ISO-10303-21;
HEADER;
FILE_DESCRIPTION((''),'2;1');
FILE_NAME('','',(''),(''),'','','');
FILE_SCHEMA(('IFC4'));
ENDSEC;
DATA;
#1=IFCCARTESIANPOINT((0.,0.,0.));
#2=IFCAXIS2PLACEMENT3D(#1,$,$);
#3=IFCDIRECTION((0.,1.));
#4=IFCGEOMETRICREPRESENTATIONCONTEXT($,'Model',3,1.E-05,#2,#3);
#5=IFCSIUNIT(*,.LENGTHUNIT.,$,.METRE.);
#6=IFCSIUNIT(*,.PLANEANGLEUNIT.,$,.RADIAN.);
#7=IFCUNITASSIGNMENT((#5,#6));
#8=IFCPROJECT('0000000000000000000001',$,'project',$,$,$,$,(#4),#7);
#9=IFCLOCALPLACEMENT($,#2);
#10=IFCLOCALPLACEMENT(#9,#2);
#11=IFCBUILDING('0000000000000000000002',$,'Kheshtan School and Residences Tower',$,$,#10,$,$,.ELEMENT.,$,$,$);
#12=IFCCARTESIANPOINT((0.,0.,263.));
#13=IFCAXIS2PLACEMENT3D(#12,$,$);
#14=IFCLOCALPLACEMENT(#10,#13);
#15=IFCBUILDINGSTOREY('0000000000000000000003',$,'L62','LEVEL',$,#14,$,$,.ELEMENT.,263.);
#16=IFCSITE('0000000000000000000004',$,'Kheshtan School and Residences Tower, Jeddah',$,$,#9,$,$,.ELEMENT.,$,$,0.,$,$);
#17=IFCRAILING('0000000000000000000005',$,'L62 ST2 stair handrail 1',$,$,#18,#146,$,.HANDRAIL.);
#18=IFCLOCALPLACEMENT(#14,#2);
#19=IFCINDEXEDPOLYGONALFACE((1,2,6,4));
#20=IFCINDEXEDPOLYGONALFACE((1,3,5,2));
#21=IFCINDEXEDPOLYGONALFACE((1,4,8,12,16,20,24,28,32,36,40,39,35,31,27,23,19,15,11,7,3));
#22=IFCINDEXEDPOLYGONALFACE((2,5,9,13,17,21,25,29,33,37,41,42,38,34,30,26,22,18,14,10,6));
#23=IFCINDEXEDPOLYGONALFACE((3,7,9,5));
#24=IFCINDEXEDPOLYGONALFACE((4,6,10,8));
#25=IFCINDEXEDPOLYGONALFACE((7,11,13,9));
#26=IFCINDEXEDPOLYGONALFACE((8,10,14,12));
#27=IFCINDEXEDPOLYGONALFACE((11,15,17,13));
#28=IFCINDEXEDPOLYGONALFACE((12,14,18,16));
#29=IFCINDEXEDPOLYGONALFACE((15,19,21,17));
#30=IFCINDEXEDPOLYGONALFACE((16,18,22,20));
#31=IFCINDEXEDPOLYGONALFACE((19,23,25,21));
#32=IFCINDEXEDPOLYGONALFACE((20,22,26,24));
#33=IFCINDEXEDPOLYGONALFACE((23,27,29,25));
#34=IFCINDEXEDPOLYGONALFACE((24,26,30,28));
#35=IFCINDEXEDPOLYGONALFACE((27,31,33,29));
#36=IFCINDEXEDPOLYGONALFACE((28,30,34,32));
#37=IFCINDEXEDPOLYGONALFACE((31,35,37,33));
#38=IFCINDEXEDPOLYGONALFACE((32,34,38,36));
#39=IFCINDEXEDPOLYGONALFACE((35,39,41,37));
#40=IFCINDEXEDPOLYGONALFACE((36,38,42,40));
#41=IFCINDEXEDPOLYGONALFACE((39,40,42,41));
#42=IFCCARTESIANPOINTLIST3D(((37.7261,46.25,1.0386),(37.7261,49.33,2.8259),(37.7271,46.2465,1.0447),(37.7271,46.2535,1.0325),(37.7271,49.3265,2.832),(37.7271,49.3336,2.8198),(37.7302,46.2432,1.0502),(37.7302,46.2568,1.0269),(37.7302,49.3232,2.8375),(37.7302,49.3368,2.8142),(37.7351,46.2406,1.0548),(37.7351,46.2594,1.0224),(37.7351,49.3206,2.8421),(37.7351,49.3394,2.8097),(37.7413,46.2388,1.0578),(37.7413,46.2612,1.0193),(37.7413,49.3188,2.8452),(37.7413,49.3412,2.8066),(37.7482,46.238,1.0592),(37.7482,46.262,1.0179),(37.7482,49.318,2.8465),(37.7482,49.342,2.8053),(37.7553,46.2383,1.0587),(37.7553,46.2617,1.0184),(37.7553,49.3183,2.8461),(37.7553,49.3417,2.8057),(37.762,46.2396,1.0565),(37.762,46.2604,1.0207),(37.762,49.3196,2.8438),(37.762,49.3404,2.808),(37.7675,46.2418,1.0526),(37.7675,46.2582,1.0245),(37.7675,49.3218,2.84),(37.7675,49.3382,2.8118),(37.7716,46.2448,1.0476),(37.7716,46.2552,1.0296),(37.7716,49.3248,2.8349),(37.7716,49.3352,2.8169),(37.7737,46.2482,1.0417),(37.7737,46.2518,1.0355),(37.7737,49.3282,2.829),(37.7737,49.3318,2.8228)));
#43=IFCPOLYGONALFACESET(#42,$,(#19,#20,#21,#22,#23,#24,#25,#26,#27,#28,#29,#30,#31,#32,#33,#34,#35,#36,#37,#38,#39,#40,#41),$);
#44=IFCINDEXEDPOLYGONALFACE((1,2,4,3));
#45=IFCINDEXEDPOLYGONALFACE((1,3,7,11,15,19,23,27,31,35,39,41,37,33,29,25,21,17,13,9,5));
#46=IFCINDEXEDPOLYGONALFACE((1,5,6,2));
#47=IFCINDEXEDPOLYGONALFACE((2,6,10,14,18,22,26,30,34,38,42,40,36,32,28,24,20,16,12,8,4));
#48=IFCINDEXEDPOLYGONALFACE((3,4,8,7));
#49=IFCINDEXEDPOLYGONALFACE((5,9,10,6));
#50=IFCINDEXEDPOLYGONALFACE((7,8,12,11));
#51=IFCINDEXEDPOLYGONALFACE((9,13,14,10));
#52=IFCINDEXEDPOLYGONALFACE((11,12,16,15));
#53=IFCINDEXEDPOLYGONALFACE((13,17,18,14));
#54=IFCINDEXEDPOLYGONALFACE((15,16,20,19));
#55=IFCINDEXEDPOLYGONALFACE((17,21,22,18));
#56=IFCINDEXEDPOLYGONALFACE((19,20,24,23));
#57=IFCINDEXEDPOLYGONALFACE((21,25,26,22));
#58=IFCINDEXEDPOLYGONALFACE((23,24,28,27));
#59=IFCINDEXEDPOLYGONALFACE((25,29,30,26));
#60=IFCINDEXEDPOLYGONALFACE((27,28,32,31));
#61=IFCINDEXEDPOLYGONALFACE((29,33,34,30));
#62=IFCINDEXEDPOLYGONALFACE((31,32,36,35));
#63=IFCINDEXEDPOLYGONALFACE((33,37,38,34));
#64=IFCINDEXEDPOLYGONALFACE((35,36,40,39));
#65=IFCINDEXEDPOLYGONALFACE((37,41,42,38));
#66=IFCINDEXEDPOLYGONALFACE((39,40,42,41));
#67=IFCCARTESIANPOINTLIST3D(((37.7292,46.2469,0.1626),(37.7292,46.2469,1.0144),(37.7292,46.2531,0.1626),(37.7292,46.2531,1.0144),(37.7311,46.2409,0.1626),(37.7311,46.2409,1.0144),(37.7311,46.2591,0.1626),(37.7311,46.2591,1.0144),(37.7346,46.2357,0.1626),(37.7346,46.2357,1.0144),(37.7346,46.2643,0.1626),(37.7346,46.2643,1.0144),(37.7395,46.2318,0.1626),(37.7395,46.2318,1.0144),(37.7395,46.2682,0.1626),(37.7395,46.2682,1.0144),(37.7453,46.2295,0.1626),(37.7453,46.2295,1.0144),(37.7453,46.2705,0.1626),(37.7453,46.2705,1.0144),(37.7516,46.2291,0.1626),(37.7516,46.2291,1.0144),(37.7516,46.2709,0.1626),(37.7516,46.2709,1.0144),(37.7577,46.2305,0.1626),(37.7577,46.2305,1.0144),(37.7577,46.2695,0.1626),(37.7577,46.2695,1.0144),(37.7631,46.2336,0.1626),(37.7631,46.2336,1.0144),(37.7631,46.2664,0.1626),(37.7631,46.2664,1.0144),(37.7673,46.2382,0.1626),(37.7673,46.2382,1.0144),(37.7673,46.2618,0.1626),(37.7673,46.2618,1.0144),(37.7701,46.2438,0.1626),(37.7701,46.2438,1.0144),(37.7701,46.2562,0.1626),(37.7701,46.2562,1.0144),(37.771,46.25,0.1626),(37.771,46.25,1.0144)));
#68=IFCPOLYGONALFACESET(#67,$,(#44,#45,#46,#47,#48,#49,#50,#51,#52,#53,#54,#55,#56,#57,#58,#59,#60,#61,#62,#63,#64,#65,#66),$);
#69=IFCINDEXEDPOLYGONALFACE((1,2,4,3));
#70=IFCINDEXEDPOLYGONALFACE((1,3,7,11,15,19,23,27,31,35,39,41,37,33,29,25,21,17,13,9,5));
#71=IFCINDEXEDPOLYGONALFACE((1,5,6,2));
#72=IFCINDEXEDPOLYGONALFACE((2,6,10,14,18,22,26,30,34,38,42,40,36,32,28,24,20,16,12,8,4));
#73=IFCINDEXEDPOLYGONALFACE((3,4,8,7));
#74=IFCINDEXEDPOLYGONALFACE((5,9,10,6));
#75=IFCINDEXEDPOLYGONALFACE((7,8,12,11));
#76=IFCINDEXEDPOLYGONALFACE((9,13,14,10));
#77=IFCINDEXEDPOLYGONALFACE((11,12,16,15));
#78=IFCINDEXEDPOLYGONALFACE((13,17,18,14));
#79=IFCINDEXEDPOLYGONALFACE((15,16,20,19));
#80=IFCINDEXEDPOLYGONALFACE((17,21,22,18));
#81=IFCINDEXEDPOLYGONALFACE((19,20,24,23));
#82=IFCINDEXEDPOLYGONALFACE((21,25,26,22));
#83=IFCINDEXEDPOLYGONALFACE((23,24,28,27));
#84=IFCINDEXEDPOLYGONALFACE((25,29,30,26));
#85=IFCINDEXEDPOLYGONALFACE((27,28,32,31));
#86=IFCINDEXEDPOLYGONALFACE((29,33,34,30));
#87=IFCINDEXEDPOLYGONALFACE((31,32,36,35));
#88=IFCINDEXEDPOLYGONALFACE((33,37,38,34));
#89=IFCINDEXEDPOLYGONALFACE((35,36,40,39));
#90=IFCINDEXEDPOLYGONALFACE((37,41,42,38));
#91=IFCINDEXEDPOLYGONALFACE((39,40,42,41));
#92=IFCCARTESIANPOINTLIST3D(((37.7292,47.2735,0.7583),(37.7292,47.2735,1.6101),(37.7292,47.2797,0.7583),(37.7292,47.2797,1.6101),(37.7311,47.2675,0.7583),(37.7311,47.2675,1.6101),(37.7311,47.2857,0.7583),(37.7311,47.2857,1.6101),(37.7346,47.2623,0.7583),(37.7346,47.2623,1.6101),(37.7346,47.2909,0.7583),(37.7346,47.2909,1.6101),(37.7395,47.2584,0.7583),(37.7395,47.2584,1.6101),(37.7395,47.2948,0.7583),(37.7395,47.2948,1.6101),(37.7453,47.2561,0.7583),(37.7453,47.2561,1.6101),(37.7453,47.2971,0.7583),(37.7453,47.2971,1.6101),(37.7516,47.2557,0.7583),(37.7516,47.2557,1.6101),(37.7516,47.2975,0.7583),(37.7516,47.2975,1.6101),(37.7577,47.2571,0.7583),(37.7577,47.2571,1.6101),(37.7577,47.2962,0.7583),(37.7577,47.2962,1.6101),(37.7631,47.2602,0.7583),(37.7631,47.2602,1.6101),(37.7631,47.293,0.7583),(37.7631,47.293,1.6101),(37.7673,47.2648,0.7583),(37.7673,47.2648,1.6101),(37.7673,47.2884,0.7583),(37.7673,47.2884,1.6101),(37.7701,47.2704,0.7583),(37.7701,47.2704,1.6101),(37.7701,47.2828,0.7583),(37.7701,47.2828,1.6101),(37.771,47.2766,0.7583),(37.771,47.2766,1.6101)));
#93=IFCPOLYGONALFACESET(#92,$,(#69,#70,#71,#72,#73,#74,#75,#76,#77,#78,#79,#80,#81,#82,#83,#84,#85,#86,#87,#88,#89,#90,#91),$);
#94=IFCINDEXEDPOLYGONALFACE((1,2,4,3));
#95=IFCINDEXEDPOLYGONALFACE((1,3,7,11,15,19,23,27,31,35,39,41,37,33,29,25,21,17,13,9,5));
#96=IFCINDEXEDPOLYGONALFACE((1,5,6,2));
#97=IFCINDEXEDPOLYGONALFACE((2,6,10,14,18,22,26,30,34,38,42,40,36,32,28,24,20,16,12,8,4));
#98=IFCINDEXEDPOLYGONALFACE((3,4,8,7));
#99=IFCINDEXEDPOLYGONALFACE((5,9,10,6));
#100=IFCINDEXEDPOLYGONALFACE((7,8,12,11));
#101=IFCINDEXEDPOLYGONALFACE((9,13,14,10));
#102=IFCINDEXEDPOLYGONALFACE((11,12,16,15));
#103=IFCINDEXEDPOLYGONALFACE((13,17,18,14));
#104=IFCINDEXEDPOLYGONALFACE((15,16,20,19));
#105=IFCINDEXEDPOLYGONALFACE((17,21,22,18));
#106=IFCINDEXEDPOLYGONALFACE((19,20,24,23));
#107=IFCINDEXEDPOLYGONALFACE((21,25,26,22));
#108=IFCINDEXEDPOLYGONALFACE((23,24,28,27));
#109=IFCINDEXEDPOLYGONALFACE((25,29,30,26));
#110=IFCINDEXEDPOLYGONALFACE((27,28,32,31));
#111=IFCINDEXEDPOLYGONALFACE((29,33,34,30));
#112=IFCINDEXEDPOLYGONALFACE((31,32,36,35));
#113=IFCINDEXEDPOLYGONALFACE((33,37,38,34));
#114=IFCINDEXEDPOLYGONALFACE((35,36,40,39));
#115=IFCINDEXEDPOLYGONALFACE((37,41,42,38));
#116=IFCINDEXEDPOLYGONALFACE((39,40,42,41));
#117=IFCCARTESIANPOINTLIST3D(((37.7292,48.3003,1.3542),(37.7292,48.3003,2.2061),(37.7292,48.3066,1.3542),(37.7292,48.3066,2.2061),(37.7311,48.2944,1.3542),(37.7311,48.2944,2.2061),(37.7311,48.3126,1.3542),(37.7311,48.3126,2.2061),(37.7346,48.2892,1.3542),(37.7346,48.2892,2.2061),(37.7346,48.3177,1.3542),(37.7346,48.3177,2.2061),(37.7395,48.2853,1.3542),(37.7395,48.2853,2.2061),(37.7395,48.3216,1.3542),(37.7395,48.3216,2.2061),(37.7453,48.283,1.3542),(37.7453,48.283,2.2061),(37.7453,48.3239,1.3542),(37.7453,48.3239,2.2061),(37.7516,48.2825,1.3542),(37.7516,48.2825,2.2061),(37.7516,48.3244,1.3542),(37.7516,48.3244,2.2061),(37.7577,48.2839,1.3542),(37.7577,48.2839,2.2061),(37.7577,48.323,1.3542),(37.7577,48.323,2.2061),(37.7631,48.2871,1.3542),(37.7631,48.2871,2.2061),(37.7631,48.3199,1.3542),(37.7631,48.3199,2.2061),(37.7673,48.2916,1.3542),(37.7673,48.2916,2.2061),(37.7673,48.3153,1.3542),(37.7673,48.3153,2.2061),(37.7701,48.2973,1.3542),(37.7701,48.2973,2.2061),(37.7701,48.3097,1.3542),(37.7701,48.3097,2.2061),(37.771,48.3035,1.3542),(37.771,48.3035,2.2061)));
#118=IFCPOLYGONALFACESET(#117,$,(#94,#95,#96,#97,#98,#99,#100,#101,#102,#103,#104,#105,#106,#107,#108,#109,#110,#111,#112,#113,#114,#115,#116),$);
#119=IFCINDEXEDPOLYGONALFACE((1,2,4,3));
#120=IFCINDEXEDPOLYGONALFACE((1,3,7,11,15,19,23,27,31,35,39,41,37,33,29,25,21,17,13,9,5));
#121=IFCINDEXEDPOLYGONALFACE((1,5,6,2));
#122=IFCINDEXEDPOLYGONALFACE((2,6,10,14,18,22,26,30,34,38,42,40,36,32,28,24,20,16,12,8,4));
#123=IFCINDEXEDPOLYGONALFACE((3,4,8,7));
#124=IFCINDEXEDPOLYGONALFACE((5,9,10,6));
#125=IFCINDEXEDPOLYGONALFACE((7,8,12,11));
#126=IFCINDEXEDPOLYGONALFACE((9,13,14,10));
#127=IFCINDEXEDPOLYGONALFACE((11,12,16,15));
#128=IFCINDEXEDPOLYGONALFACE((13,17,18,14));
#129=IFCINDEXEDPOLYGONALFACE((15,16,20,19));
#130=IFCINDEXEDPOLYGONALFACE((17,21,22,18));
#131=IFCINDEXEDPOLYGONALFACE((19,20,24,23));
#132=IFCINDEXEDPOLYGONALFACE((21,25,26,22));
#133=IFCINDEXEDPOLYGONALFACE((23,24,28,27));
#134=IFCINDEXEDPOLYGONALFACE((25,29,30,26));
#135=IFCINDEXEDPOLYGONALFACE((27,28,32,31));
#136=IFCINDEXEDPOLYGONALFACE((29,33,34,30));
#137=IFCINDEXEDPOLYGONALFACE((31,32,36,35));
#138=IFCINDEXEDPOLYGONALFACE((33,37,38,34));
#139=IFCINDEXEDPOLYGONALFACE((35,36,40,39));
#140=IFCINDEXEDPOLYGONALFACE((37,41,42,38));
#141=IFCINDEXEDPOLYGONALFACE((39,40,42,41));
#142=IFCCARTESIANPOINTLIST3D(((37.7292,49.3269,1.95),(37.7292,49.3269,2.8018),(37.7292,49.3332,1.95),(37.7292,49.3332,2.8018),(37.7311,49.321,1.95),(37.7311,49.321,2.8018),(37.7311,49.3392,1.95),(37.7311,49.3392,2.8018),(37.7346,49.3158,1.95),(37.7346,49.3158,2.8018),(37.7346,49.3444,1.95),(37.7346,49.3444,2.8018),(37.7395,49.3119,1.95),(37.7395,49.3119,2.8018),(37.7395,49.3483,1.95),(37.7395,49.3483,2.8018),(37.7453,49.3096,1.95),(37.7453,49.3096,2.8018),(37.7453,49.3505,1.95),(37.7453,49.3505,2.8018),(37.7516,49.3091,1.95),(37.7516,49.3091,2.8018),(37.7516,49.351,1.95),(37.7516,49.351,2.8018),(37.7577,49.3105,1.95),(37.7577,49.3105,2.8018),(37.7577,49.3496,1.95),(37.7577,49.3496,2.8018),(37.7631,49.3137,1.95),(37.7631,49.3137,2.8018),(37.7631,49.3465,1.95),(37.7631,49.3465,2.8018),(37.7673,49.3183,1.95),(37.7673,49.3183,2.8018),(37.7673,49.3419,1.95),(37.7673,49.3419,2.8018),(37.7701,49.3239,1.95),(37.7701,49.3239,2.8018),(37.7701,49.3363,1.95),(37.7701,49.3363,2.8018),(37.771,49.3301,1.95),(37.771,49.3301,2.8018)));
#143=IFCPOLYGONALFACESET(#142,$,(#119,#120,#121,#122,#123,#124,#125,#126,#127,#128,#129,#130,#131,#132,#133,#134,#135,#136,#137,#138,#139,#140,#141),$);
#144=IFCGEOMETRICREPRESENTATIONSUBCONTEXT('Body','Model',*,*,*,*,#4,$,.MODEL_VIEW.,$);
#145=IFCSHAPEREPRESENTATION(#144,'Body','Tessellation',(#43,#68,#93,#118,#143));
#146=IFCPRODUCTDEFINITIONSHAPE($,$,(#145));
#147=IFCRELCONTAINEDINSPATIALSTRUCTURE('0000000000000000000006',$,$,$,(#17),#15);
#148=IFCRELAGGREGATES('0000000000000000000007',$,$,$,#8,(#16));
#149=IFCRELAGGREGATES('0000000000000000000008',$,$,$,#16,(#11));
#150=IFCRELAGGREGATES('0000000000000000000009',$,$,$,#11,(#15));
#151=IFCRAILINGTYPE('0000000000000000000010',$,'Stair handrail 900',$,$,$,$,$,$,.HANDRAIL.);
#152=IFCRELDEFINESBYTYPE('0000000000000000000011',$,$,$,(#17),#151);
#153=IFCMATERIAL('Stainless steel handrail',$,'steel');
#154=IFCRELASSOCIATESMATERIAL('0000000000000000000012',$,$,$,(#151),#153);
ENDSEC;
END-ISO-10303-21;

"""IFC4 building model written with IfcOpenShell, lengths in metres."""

from ifc_helpers import new_model, si_unit, direction, frame, origin, origin_2d, place, context, subcontext, project, spatial, circle, extrude, material, type_object, element, save


model = new_model("IFC4")

# Units and contexts
model_context = context("Model", 3, precision=1e-05, world=origin(), true_north=direction((0.0, 1.0)))
body_context = subcontext(model_context, "Body", "Model", "MODEL_VIEW")
ifc_project = project(units=[si_unit("LENGTHUNIT", "METRE"), si_unit("PLANEANGLEUNIT", "RADIAN")], contexts=[model_context])

# Site, building, storey
site_placement = place(None, origin())
site = spatial("IfcSite", under=ifc_project, at=site_placement, Name="Kheshtan School and Residences Tower, Jeddah", CompositionType="ELEMENT", RefElevation=0.0)
building_placement = place(site_placement, origin())
building = spatial("IfcBuilding", under=site, at=building_placement, Name="Kheshtan School and Residences Tower", CompositionType="ELEMENT")
storey_placement = place(building_placement, frame((0.0, 0.0, 263.0)))
storey = spatial("IfcBuildingStorey", under=building, at=storey_placement, Name="L62", Description="LEVEL", CompositionType="ELEMENT", Elevation=263.0)

# Railing
ifc_material_1 = material(Name="Stainless steel handrail", Category="steel")
railing_type_1 = type_object("IfcRailingType", Name="Stair handrail 900", PredefinedType="HANDRAIL", material=ifc_material_1)
railing_1_placement = place(storey_placement, frame((37.75, 46.25, 0.1626)))
element("IfcRailing", 1, at=railing_1_placement, inside=storey, type_object=railing_type_1, Name="L62 ST2 stair handrail 1", PredefinedType="HANDRAIL", context=body_context, shape_type="SweptSolid", body=[
    extrude(circle(Radius=0.0239, at=origin_2d()), frame((0.0, 0.0, 0.876), z_axis=(0.0, 0.86492, 0.501909), x_axis=(-1.0, 0.0, 0.0)), (0.0, 0.0, 1.0), 3.561),
    extrude(circle(Radius=0.021, at=origin_2d()), origin(), (0.0, 0.0, 1.0), 0.8518),
    extrude(circle(Radius=0.021, at=origin_2d()), frame((0.0, 1.0266, 0.5957)), (0.0, 0.0, 1.0), 0.8518),
    extrude(circle(Radius=0.021, at=origin_2d()), frame((0.0, 2.0535, 1.1917)), (0.0, 0.0, 1.0), 0.8518),
    extrude(circle(Radius=0.021, at=origin_2d()), frame((0.0, 3.0801, 1.7874)), (0.0, 0.0, 1.0), 0.8518),
])

save(model, "model.ifc")
